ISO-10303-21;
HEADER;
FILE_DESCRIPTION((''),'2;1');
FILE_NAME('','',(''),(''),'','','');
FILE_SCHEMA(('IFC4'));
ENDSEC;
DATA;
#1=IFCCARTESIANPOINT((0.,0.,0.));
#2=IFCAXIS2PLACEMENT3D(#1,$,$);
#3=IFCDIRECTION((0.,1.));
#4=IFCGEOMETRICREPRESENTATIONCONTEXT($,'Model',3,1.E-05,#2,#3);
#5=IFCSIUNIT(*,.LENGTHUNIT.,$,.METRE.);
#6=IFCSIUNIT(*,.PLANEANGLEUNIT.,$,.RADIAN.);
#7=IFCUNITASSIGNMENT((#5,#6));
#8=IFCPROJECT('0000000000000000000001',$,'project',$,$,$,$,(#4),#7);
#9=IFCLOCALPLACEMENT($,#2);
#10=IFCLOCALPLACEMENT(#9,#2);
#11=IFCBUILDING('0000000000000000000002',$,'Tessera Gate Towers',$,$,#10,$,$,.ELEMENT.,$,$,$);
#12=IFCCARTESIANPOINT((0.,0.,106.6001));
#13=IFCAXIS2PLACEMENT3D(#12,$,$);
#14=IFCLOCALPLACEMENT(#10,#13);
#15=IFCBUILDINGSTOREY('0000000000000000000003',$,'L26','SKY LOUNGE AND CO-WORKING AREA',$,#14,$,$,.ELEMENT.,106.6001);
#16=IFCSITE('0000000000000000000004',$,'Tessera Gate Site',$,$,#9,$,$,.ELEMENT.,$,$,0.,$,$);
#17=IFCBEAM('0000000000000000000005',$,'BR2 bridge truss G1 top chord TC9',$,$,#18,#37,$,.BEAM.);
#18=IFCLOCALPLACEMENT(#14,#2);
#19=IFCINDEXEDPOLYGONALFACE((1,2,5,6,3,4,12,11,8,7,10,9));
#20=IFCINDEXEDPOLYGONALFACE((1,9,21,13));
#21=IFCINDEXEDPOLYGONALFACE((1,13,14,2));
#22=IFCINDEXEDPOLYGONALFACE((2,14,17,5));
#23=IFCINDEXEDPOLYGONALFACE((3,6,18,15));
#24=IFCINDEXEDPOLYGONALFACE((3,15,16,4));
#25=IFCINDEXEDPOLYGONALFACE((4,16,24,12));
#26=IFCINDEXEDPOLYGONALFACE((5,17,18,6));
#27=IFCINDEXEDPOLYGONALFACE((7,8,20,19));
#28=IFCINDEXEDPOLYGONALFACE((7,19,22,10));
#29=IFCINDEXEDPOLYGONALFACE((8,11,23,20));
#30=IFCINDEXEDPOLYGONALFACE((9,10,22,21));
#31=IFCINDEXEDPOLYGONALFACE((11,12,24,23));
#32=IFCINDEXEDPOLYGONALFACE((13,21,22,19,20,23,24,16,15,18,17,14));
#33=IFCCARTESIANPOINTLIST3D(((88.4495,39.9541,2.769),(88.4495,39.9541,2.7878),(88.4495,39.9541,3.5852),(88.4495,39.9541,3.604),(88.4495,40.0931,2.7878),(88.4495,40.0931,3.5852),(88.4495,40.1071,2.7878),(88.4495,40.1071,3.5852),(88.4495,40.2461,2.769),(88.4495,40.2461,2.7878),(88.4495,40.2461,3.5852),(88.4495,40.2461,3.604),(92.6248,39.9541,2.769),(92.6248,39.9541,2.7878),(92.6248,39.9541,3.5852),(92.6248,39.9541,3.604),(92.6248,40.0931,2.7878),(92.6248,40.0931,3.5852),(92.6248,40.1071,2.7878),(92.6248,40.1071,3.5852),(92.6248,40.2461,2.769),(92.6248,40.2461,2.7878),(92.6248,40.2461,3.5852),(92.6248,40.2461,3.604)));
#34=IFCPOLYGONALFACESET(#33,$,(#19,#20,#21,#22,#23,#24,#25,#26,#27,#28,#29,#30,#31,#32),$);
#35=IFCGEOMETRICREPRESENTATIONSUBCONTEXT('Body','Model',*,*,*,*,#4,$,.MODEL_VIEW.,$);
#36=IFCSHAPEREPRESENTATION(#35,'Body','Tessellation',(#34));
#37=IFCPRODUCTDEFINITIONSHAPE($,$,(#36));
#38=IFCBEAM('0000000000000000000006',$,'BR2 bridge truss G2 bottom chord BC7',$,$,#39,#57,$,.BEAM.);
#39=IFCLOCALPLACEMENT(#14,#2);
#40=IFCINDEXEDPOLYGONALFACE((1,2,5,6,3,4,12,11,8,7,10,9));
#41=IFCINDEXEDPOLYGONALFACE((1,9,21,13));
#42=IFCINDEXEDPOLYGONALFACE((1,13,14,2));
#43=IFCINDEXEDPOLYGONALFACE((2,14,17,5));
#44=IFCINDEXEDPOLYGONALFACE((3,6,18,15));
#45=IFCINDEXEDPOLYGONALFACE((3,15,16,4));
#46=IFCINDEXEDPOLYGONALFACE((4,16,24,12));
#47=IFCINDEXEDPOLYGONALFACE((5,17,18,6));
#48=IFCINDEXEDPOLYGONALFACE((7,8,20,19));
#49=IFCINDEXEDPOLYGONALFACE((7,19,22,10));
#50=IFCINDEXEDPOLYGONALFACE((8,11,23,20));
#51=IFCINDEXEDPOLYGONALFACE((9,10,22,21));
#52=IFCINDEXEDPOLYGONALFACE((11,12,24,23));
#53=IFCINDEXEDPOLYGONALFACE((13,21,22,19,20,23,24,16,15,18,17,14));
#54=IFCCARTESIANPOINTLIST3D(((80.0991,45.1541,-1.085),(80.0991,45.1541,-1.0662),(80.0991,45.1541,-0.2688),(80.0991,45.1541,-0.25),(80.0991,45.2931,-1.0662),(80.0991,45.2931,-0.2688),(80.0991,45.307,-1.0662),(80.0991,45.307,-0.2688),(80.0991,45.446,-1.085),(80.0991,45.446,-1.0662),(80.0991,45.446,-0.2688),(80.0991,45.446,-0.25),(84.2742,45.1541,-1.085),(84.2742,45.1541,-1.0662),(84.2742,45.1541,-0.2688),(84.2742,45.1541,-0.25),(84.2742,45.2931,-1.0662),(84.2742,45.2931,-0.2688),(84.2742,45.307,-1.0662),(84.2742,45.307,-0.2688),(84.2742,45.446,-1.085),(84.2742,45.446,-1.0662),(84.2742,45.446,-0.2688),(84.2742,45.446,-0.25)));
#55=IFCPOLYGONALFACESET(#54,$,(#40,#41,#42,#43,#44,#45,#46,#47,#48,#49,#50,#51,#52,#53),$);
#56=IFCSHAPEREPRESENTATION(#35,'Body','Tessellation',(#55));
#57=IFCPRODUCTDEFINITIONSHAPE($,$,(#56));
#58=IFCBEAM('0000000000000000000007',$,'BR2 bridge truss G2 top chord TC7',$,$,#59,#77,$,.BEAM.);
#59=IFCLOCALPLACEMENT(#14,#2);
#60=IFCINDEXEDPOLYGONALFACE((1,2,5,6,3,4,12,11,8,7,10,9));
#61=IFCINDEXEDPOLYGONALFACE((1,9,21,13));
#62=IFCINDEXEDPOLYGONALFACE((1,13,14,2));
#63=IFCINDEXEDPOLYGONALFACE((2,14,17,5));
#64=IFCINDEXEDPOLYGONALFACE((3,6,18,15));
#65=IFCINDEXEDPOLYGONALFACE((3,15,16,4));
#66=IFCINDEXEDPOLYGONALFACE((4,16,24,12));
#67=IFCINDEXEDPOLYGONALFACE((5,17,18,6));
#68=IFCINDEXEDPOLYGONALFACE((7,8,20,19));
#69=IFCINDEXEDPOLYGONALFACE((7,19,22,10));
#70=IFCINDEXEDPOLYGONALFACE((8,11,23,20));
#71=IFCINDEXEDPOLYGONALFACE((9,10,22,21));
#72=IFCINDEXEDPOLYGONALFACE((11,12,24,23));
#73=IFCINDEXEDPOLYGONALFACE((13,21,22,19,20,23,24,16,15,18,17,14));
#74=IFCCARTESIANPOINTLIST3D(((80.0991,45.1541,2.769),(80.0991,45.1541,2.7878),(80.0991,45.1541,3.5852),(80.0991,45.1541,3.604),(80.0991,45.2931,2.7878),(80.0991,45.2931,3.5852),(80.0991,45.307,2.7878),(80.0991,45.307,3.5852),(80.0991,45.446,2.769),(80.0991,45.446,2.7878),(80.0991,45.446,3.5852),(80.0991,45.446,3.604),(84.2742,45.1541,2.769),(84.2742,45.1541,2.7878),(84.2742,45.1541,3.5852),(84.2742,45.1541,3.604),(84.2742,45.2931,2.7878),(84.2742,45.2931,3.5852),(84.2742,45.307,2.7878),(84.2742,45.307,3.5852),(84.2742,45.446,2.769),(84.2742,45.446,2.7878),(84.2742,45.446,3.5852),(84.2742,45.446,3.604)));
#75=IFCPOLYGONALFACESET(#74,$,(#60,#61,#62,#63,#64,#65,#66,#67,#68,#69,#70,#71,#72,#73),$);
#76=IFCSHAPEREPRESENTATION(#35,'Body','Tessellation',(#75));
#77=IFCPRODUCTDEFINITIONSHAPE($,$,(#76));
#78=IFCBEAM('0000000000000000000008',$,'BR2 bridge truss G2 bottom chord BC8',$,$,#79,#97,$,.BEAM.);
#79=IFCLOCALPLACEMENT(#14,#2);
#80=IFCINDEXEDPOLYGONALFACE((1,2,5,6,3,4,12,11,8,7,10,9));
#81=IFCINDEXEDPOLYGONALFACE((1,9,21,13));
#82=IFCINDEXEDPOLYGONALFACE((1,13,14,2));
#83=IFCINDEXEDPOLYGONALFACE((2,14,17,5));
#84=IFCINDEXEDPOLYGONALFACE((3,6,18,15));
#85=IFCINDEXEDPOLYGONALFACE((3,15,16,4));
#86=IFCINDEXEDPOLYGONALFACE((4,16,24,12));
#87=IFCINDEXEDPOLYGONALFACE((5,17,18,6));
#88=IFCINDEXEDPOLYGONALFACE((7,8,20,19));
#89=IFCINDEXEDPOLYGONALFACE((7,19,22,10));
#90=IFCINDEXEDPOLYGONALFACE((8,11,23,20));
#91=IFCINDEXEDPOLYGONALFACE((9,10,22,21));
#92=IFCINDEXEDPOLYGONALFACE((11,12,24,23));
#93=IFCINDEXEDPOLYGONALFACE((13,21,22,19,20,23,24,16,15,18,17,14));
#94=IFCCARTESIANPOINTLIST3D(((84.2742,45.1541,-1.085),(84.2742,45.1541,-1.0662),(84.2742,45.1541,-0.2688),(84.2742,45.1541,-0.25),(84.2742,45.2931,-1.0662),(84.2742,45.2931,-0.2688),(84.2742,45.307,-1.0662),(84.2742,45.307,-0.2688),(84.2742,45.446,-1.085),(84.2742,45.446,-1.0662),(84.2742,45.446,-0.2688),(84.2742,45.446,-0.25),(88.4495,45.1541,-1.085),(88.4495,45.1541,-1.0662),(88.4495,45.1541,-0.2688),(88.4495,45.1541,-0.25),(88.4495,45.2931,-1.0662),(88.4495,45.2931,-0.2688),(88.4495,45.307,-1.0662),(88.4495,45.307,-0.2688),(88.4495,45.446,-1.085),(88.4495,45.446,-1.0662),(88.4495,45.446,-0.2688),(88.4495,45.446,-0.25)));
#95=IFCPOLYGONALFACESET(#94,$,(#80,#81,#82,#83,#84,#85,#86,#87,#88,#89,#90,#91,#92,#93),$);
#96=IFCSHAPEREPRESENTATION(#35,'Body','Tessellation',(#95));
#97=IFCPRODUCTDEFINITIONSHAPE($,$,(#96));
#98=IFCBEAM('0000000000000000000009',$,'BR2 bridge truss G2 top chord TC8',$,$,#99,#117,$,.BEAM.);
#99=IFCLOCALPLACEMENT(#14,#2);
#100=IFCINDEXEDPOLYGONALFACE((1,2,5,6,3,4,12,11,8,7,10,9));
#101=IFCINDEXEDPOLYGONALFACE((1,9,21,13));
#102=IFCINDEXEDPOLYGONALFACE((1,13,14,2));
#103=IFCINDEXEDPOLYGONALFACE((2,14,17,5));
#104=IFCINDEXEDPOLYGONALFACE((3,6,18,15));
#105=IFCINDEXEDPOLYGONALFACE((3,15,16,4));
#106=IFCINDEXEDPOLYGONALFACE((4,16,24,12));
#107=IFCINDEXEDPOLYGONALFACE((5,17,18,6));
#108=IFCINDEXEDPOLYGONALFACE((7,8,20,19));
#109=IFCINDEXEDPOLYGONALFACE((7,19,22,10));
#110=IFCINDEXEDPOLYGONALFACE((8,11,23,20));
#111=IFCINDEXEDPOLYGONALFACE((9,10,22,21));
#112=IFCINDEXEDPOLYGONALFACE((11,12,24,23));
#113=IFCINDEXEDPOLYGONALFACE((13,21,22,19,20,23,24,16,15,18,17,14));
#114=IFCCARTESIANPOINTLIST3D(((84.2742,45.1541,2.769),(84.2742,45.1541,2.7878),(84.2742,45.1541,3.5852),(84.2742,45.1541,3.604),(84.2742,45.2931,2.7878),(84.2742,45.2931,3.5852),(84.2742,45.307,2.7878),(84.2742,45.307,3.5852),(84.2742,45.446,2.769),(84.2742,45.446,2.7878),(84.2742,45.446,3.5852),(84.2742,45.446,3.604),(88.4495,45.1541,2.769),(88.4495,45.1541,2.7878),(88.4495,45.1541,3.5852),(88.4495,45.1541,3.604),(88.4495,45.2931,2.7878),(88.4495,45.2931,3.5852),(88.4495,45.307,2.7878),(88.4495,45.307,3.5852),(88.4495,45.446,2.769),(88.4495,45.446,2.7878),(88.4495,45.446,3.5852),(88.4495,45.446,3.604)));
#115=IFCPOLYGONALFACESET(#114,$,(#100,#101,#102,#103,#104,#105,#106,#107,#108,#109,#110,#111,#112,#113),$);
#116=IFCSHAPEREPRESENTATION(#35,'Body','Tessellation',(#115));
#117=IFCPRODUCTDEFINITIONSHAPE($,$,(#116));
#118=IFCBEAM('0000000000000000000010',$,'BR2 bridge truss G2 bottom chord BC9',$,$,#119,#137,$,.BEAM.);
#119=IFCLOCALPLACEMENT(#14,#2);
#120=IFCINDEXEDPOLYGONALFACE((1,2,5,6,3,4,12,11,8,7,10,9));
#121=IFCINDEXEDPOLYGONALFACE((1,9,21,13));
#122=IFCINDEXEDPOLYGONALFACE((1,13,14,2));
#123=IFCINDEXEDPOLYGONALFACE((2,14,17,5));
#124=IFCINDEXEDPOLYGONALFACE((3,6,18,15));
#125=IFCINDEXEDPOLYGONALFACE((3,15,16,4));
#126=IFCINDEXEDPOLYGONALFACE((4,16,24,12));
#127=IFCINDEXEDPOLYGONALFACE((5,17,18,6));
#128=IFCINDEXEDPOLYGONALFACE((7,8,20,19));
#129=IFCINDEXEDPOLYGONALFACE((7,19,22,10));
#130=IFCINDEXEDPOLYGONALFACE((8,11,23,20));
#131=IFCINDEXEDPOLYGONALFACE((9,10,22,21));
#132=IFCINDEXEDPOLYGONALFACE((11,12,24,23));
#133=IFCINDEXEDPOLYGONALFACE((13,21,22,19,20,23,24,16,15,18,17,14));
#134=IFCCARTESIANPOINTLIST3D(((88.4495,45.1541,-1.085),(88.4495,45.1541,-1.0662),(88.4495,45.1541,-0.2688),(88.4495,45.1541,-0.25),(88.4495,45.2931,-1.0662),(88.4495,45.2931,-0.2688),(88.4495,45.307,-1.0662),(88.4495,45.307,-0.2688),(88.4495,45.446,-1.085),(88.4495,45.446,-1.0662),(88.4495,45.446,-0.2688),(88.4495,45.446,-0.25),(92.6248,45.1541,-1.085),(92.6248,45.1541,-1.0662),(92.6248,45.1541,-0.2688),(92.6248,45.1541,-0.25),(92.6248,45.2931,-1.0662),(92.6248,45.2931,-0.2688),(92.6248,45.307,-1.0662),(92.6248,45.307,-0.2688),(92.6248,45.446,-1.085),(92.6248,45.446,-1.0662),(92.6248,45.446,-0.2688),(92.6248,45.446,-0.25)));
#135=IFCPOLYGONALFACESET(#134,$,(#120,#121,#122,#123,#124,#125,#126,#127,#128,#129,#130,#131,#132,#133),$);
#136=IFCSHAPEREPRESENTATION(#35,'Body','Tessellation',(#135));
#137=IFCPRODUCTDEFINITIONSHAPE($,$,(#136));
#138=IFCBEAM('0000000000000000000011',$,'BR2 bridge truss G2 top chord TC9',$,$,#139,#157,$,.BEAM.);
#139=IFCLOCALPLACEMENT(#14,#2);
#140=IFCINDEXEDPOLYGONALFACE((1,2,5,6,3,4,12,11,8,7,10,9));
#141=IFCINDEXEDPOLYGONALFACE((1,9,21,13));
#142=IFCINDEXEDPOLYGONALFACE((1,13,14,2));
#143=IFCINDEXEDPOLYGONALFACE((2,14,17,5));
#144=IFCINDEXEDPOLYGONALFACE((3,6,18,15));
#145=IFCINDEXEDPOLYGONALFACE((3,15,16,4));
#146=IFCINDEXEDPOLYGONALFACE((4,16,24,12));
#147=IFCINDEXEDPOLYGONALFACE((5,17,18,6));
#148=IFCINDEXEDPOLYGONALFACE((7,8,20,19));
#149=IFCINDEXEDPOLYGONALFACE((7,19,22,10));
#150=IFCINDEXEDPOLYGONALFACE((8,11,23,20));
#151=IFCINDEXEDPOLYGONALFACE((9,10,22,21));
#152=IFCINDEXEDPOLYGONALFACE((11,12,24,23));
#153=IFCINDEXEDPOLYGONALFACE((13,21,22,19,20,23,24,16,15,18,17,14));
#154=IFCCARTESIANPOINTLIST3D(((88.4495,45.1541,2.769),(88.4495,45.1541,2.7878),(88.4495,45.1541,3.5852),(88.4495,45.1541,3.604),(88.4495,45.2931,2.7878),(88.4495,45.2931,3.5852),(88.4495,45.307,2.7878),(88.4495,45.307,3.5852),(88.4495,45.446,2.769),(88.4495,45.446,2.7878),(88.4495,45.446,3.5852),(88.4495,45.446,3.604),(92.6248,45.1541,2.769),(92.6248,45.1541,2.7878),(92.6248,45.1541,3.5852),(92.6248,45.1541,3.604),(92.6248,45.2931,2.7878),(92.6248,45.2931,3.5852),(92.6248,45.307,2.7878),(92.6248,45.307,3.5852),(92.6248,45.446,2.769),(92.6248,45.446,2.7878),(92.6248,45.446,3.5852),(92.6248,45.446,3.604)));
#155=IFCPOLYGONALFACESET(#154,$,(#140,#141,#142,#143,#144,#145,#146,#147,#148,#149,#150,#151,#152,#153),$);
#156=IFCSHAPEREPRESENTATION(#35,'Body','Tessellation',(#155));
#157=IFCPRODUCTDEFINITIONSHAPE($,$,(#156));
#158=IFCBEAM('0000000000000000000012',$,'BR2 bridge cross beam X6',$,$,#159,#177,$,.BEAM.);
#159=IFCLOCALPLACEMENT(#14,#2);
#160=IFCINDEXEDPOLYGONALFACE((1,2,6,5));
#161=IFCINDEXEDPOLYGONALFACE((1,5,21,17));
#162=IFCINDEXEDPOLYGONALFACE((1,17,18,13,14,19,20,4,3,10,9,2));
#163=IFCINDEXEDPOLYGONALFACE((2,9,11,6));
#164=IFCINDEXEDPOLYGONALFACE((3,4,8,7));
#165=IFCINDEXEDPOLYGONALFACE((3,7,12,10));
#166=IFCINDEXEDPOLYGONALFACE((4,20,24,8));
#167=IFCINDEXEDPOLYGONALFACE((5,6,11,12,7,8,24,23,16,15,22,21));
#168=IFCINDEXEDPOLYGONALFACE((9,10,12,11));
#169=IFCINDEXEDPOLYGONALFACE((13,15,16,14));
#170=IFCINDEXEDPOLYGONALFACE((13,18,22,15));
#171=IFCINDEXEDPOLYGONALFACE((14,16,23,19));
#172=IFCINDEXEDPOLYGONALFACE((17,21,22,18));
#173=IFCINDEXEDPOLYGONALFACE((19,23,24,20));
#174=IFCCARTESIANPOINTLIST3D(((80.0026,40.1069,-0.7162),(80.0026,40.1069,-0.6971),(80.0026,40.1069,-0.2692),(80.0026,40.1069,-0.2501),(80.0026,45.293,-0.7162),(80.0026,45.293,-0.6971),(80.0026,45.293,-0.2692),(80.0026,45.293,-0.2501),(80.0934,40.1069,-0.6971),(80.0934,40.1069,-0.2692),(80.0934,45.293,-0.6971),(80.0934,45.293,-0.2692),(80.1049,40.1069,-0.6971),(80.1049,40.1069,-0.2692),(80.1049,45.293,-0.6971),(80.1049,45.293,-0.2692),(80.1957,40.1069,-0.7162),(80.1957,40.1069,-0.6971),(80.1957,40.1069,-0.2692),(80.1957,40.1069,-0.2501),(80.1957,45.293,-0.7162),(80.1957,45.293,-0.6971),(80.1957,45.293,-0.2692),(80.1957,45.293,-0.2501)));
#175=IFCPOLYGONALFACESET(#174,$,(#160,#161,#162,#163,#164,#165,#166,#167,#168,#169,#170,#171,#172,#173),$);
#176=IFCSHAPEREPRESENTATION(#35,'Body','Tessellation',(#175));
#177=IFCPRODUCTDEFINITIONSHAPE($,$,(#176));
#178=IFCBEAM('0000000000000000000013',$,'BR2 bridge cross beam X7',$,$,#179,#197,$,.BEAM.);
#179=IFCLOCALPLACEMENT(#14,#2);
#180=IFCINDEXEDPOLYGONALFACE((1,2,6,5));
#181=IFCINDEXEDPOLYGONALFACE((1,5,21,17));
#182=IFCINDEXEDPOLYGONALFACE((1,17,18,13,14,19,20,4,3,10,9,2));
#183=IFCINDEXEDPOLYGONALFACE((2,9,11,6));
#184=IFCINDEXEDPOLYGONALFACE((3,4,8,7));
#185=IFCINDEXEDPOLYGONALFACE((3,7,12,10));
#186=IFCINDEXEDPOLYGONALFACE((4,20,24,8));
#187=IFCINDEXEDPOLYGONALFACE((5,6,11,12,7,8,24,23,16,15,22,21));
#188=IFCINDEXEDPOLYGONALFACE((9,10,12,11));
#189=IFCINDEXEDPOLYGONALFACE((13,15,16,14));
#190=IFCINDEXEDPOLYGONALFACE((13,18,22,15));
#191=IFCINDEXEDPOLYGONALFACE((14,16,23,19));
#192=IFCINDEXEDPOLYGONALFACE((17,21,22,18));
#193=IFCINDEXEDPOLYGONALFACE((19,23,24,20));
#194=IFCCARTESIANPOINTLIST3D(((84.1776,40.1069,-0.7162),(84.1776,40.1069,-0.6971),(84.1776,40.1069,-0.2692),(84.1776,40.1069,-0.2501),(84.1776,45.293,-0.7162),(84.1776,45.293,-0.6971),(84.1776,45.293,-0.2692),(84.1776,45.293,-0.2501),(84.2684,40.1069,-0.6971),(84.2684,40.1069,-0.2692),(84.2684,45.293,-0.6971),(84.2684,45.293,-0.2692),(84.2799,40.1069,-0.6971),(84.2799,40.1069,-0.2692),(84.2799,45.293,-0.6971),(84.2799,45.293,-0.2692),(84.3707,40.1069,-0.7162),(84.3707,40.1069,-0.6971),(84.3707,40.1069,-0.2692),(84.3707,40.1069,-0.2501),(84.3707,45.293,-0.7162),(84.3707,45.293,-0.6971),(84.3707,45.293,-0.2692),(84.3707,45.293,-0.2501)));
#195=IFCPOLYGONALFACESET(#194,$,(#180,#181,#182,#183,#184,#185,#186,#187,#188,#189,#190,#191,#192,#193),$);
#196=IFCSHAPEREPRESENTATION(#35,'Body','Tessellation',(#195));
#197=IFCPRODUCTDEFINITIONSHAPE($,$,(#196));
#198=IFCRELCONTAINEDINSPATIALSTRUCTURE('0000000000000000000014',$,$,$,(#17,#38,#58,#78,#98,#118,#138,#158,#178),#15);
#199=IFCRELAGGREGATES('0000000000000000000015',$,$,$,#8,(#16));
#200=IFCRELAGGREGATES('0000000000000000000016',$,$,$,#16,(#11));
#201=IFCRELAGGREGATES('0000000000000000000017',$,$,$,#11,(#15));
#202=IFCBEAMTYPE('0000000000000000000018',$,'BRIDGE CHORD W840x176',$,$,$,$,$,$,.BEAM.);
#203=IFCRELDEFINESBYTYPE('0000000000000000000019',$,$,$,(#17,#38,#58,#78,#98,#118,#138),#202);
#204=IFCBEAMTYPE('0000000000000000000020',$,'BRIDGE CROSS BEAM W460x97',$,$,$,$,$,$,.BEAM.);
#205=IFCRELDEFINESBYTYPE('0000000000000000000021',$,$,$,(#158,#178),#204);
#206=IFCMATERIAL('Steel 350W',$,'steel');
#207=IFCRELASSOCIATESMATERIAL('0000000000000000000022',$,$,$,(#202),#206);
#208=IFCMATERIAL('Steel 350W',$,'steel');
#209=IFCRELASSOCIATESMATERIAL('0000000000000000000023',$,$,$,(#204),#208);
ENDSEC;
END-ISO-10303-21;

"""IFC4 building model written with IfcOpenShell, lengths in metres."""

from ifc_helpers import new_model, si_unit, direction, frame, origin, origin_2d, place, context, subcontext, project, spatial, i_section, extrude, material, material_profile, profile_set, type_object, element, save


model = new_model("IFC4")

# Units and contexts
model_context = context("Model", 3, precision=1e-05, world=origin(), true_north=direction((0.0, 1.0)))
body_context = subcontext(model_context, "Body", "Model", "MODEL_VIEW")
ifc_project = project(units=[si_unit("LENGTHUNIT", "METRE"), si_unit("PLANEANGLEUNIT", "RADIAN")], contexts=[model_context])

# Site, building, storey
site_placement = place(None, origin())
site = spatial("IfcSite", under=ifc_project, at=site_placement, Name="Tessera Gate Site", CompositionType="ELEMENT", RefElevation=0.0)
building_placement = place(site_placement, origin())
building = spatial("IfcBuilding", under=site, at=building_placement, Name="Tessera Gate Towers", CompositionType="ELEMENT")
storey_placement = place(building_placement, frame((0.0, 0.0, 106.6001)))
storey = spatial("IfcBuildingStorey", under=building, at=storey_placement, Name="L26", Description="SKY LOUNGE AND CO-WORKING AREA", CompositionType="ELEMENT", Elevation=106.6001)

# Beams
ifc_material_1 = material(Name="Steel 350W", Category="steel")
ifc_material_profile_1 = material_profile(ifc_material_1, i_section(OverallWidth=0.292, OverallDepth=0.835, WebThickness=0.0139, FlangeThickness=0.0188, at=origin_2d()), Name="W840x176")
ifc_profile_set_1 = profile_set([ifc_material_profile_1], Name="Steel 350W")
beam_type_1 = type_object("IfcBeamType", Name="BRIDGE CHORD W840x176", PredefinedType="BEAM", material=ifc_profile_set_1)
for number, where, z_axis, x_axis, name in (
    (1, (88.4495, 40.1001, 3.1865), (1.0, 0.0, 0.0), (0.0, 1.0, 0.0), "BR2 bridge truss G1 top chord TC9"),
):
    element("IfcBeam", number, at=place(storey_placement, frame(where, z_axis=z_axis, x_axis=x_axis)), inside=storey, type_object=beam_type_1, Name=name, PredefinedType="BEAM", context=body_context, shape_type="SweptSolid", body=[
        extrude(i_section(OverallWidth=0.292, OverallDepth=0.835, WebThickness=0.0139, FlangeThickness=0.0188, at=origin_2d()), origin(), (0.0, 0.0, 1.0), 4.1753),
    ])
for number, where, z_axis, x_axis, name in (
    (2, (80.0991, 45.3, -0.6675), (1.0, 0.0, 0.0), (0.0, 1.0, 0.0), "BR2 bridge truss G2 bottom chord BC7"),
    (3, (80.0991, 45.3, 3.1865), (1.0, 0.0, 0.0), (0.0, 1.0, 0.0), "BR2 bridge truss G2 top chord TC7"),
):
    element("IfcBeam", number, at=place(storey_placement, frame(where, z_axis=z_axis, x_axis=x_axis)), inside=storey, type_object=beam_type_1, Name=name, PredefinedType="BEAM", context=body_context, shape_type="SweptSolid", body=[
        extrude(i_section(OverallWidth=0.292, OverallDepth=0.835, WebThickness=0.0139, FlangeThickness=0.0188, at=origin_2d()), origin(), (0.0, 0.0, 1.0), 4.175),
    ])
for number, where, z_axis, x_axis, name in (
    (4, (84.2742, 45.3, -0.6675), (1.0, 0.0, 0.0), (0.0, 1.0, 0.0), "BR2 bridge truss G2 bottom chord BC8"),
    (5, (84.2742, 45.3, 3.1865), (1.0, 0.0, 0.0), (0.0, 1.0, 0.0), "BR2 bridge truss G2 top chord TC8"),
    (6, (88.4495, 45.3, -0.6675), (1.0, 0.0, 0.0), (0.0, 1.0, 0.0), "BR2 bridge truss G2 bottom chord BC9"),
    (7, (88.4495, 45.3, 3.1865), (1.0, 0.0, 0.0), (0.0, 1.0, 0.0), "BR2 bridge truss G2 top chord TC9"),
):
    element("IfcBeam", number, at=place(storey_placement, frame(where, z_axis=z_axis, x_axis=x_axis)), inside=storey, type_object=beam_type_1, Name=name, PredefinedType="BEAM", context=body_context, shape_type="SweptSolid", body=[
        extrude(i_section(OverallWidth=0.292, OverallDepth=0.835, WebThickness=0.0139, FlangeThickness=0.0188, at=origin_2d()), origin(), (0.0, 0.0, 1.0), 4.1753),
    ])
ifc_material_2 = material(Name="Steel 350W", Category="steel")
ifc_material_profile_2 = material_profile(ifc_material_2, i_section(OverallWidth=0.1931, OverallDepth=0.4661, WebThickness=0.0115, FlangeThickness=0.019, at=origin_2d()), Name="W460x97")
ifc_profile_set_2 = profile_set([ifc_material_profile_2], Name="Steel 350W")
beam_type_2 = type_object("IfcBeamType", Name="BRIDGE CROSS BEAM W460x97", PredefinedType="BEAM", material=ifc_profile_set_2)
for number, where, z_axis, x_axis, name in (
    (8, (80.0991, 40.1069, -0.4832), (0.0, 1.0, 0.0), (-1.0, 0.0, 0.0), "BR2 bridge cross beam X6"),
    (9, (84.2742, 40.1069, -0.4832), (0.0, 1.0, 0.0), (-1.0, 0.0, 0.0), "BR2 bridge cross beam X7"),
):
    element("IfcBeam", number, at=place(storey_placement, frame(where, z_axis=z_axis, x_axis=x_axis)), inside=storey, type_object=beam_type_2, Name=name, PredefinedType="BEAM", context=body_context, shape_type="SweptSolid", body=[
        extrude(i_section(OverallWidth=0.1931, OverallDepth=0.4661, WebThickness=0.0115, FlangeThickness=0.019, at=origin_2d()), origin(), (0.0, 0.0, 1.0), 5.186),
    ])

save(model, "model.ifc")
